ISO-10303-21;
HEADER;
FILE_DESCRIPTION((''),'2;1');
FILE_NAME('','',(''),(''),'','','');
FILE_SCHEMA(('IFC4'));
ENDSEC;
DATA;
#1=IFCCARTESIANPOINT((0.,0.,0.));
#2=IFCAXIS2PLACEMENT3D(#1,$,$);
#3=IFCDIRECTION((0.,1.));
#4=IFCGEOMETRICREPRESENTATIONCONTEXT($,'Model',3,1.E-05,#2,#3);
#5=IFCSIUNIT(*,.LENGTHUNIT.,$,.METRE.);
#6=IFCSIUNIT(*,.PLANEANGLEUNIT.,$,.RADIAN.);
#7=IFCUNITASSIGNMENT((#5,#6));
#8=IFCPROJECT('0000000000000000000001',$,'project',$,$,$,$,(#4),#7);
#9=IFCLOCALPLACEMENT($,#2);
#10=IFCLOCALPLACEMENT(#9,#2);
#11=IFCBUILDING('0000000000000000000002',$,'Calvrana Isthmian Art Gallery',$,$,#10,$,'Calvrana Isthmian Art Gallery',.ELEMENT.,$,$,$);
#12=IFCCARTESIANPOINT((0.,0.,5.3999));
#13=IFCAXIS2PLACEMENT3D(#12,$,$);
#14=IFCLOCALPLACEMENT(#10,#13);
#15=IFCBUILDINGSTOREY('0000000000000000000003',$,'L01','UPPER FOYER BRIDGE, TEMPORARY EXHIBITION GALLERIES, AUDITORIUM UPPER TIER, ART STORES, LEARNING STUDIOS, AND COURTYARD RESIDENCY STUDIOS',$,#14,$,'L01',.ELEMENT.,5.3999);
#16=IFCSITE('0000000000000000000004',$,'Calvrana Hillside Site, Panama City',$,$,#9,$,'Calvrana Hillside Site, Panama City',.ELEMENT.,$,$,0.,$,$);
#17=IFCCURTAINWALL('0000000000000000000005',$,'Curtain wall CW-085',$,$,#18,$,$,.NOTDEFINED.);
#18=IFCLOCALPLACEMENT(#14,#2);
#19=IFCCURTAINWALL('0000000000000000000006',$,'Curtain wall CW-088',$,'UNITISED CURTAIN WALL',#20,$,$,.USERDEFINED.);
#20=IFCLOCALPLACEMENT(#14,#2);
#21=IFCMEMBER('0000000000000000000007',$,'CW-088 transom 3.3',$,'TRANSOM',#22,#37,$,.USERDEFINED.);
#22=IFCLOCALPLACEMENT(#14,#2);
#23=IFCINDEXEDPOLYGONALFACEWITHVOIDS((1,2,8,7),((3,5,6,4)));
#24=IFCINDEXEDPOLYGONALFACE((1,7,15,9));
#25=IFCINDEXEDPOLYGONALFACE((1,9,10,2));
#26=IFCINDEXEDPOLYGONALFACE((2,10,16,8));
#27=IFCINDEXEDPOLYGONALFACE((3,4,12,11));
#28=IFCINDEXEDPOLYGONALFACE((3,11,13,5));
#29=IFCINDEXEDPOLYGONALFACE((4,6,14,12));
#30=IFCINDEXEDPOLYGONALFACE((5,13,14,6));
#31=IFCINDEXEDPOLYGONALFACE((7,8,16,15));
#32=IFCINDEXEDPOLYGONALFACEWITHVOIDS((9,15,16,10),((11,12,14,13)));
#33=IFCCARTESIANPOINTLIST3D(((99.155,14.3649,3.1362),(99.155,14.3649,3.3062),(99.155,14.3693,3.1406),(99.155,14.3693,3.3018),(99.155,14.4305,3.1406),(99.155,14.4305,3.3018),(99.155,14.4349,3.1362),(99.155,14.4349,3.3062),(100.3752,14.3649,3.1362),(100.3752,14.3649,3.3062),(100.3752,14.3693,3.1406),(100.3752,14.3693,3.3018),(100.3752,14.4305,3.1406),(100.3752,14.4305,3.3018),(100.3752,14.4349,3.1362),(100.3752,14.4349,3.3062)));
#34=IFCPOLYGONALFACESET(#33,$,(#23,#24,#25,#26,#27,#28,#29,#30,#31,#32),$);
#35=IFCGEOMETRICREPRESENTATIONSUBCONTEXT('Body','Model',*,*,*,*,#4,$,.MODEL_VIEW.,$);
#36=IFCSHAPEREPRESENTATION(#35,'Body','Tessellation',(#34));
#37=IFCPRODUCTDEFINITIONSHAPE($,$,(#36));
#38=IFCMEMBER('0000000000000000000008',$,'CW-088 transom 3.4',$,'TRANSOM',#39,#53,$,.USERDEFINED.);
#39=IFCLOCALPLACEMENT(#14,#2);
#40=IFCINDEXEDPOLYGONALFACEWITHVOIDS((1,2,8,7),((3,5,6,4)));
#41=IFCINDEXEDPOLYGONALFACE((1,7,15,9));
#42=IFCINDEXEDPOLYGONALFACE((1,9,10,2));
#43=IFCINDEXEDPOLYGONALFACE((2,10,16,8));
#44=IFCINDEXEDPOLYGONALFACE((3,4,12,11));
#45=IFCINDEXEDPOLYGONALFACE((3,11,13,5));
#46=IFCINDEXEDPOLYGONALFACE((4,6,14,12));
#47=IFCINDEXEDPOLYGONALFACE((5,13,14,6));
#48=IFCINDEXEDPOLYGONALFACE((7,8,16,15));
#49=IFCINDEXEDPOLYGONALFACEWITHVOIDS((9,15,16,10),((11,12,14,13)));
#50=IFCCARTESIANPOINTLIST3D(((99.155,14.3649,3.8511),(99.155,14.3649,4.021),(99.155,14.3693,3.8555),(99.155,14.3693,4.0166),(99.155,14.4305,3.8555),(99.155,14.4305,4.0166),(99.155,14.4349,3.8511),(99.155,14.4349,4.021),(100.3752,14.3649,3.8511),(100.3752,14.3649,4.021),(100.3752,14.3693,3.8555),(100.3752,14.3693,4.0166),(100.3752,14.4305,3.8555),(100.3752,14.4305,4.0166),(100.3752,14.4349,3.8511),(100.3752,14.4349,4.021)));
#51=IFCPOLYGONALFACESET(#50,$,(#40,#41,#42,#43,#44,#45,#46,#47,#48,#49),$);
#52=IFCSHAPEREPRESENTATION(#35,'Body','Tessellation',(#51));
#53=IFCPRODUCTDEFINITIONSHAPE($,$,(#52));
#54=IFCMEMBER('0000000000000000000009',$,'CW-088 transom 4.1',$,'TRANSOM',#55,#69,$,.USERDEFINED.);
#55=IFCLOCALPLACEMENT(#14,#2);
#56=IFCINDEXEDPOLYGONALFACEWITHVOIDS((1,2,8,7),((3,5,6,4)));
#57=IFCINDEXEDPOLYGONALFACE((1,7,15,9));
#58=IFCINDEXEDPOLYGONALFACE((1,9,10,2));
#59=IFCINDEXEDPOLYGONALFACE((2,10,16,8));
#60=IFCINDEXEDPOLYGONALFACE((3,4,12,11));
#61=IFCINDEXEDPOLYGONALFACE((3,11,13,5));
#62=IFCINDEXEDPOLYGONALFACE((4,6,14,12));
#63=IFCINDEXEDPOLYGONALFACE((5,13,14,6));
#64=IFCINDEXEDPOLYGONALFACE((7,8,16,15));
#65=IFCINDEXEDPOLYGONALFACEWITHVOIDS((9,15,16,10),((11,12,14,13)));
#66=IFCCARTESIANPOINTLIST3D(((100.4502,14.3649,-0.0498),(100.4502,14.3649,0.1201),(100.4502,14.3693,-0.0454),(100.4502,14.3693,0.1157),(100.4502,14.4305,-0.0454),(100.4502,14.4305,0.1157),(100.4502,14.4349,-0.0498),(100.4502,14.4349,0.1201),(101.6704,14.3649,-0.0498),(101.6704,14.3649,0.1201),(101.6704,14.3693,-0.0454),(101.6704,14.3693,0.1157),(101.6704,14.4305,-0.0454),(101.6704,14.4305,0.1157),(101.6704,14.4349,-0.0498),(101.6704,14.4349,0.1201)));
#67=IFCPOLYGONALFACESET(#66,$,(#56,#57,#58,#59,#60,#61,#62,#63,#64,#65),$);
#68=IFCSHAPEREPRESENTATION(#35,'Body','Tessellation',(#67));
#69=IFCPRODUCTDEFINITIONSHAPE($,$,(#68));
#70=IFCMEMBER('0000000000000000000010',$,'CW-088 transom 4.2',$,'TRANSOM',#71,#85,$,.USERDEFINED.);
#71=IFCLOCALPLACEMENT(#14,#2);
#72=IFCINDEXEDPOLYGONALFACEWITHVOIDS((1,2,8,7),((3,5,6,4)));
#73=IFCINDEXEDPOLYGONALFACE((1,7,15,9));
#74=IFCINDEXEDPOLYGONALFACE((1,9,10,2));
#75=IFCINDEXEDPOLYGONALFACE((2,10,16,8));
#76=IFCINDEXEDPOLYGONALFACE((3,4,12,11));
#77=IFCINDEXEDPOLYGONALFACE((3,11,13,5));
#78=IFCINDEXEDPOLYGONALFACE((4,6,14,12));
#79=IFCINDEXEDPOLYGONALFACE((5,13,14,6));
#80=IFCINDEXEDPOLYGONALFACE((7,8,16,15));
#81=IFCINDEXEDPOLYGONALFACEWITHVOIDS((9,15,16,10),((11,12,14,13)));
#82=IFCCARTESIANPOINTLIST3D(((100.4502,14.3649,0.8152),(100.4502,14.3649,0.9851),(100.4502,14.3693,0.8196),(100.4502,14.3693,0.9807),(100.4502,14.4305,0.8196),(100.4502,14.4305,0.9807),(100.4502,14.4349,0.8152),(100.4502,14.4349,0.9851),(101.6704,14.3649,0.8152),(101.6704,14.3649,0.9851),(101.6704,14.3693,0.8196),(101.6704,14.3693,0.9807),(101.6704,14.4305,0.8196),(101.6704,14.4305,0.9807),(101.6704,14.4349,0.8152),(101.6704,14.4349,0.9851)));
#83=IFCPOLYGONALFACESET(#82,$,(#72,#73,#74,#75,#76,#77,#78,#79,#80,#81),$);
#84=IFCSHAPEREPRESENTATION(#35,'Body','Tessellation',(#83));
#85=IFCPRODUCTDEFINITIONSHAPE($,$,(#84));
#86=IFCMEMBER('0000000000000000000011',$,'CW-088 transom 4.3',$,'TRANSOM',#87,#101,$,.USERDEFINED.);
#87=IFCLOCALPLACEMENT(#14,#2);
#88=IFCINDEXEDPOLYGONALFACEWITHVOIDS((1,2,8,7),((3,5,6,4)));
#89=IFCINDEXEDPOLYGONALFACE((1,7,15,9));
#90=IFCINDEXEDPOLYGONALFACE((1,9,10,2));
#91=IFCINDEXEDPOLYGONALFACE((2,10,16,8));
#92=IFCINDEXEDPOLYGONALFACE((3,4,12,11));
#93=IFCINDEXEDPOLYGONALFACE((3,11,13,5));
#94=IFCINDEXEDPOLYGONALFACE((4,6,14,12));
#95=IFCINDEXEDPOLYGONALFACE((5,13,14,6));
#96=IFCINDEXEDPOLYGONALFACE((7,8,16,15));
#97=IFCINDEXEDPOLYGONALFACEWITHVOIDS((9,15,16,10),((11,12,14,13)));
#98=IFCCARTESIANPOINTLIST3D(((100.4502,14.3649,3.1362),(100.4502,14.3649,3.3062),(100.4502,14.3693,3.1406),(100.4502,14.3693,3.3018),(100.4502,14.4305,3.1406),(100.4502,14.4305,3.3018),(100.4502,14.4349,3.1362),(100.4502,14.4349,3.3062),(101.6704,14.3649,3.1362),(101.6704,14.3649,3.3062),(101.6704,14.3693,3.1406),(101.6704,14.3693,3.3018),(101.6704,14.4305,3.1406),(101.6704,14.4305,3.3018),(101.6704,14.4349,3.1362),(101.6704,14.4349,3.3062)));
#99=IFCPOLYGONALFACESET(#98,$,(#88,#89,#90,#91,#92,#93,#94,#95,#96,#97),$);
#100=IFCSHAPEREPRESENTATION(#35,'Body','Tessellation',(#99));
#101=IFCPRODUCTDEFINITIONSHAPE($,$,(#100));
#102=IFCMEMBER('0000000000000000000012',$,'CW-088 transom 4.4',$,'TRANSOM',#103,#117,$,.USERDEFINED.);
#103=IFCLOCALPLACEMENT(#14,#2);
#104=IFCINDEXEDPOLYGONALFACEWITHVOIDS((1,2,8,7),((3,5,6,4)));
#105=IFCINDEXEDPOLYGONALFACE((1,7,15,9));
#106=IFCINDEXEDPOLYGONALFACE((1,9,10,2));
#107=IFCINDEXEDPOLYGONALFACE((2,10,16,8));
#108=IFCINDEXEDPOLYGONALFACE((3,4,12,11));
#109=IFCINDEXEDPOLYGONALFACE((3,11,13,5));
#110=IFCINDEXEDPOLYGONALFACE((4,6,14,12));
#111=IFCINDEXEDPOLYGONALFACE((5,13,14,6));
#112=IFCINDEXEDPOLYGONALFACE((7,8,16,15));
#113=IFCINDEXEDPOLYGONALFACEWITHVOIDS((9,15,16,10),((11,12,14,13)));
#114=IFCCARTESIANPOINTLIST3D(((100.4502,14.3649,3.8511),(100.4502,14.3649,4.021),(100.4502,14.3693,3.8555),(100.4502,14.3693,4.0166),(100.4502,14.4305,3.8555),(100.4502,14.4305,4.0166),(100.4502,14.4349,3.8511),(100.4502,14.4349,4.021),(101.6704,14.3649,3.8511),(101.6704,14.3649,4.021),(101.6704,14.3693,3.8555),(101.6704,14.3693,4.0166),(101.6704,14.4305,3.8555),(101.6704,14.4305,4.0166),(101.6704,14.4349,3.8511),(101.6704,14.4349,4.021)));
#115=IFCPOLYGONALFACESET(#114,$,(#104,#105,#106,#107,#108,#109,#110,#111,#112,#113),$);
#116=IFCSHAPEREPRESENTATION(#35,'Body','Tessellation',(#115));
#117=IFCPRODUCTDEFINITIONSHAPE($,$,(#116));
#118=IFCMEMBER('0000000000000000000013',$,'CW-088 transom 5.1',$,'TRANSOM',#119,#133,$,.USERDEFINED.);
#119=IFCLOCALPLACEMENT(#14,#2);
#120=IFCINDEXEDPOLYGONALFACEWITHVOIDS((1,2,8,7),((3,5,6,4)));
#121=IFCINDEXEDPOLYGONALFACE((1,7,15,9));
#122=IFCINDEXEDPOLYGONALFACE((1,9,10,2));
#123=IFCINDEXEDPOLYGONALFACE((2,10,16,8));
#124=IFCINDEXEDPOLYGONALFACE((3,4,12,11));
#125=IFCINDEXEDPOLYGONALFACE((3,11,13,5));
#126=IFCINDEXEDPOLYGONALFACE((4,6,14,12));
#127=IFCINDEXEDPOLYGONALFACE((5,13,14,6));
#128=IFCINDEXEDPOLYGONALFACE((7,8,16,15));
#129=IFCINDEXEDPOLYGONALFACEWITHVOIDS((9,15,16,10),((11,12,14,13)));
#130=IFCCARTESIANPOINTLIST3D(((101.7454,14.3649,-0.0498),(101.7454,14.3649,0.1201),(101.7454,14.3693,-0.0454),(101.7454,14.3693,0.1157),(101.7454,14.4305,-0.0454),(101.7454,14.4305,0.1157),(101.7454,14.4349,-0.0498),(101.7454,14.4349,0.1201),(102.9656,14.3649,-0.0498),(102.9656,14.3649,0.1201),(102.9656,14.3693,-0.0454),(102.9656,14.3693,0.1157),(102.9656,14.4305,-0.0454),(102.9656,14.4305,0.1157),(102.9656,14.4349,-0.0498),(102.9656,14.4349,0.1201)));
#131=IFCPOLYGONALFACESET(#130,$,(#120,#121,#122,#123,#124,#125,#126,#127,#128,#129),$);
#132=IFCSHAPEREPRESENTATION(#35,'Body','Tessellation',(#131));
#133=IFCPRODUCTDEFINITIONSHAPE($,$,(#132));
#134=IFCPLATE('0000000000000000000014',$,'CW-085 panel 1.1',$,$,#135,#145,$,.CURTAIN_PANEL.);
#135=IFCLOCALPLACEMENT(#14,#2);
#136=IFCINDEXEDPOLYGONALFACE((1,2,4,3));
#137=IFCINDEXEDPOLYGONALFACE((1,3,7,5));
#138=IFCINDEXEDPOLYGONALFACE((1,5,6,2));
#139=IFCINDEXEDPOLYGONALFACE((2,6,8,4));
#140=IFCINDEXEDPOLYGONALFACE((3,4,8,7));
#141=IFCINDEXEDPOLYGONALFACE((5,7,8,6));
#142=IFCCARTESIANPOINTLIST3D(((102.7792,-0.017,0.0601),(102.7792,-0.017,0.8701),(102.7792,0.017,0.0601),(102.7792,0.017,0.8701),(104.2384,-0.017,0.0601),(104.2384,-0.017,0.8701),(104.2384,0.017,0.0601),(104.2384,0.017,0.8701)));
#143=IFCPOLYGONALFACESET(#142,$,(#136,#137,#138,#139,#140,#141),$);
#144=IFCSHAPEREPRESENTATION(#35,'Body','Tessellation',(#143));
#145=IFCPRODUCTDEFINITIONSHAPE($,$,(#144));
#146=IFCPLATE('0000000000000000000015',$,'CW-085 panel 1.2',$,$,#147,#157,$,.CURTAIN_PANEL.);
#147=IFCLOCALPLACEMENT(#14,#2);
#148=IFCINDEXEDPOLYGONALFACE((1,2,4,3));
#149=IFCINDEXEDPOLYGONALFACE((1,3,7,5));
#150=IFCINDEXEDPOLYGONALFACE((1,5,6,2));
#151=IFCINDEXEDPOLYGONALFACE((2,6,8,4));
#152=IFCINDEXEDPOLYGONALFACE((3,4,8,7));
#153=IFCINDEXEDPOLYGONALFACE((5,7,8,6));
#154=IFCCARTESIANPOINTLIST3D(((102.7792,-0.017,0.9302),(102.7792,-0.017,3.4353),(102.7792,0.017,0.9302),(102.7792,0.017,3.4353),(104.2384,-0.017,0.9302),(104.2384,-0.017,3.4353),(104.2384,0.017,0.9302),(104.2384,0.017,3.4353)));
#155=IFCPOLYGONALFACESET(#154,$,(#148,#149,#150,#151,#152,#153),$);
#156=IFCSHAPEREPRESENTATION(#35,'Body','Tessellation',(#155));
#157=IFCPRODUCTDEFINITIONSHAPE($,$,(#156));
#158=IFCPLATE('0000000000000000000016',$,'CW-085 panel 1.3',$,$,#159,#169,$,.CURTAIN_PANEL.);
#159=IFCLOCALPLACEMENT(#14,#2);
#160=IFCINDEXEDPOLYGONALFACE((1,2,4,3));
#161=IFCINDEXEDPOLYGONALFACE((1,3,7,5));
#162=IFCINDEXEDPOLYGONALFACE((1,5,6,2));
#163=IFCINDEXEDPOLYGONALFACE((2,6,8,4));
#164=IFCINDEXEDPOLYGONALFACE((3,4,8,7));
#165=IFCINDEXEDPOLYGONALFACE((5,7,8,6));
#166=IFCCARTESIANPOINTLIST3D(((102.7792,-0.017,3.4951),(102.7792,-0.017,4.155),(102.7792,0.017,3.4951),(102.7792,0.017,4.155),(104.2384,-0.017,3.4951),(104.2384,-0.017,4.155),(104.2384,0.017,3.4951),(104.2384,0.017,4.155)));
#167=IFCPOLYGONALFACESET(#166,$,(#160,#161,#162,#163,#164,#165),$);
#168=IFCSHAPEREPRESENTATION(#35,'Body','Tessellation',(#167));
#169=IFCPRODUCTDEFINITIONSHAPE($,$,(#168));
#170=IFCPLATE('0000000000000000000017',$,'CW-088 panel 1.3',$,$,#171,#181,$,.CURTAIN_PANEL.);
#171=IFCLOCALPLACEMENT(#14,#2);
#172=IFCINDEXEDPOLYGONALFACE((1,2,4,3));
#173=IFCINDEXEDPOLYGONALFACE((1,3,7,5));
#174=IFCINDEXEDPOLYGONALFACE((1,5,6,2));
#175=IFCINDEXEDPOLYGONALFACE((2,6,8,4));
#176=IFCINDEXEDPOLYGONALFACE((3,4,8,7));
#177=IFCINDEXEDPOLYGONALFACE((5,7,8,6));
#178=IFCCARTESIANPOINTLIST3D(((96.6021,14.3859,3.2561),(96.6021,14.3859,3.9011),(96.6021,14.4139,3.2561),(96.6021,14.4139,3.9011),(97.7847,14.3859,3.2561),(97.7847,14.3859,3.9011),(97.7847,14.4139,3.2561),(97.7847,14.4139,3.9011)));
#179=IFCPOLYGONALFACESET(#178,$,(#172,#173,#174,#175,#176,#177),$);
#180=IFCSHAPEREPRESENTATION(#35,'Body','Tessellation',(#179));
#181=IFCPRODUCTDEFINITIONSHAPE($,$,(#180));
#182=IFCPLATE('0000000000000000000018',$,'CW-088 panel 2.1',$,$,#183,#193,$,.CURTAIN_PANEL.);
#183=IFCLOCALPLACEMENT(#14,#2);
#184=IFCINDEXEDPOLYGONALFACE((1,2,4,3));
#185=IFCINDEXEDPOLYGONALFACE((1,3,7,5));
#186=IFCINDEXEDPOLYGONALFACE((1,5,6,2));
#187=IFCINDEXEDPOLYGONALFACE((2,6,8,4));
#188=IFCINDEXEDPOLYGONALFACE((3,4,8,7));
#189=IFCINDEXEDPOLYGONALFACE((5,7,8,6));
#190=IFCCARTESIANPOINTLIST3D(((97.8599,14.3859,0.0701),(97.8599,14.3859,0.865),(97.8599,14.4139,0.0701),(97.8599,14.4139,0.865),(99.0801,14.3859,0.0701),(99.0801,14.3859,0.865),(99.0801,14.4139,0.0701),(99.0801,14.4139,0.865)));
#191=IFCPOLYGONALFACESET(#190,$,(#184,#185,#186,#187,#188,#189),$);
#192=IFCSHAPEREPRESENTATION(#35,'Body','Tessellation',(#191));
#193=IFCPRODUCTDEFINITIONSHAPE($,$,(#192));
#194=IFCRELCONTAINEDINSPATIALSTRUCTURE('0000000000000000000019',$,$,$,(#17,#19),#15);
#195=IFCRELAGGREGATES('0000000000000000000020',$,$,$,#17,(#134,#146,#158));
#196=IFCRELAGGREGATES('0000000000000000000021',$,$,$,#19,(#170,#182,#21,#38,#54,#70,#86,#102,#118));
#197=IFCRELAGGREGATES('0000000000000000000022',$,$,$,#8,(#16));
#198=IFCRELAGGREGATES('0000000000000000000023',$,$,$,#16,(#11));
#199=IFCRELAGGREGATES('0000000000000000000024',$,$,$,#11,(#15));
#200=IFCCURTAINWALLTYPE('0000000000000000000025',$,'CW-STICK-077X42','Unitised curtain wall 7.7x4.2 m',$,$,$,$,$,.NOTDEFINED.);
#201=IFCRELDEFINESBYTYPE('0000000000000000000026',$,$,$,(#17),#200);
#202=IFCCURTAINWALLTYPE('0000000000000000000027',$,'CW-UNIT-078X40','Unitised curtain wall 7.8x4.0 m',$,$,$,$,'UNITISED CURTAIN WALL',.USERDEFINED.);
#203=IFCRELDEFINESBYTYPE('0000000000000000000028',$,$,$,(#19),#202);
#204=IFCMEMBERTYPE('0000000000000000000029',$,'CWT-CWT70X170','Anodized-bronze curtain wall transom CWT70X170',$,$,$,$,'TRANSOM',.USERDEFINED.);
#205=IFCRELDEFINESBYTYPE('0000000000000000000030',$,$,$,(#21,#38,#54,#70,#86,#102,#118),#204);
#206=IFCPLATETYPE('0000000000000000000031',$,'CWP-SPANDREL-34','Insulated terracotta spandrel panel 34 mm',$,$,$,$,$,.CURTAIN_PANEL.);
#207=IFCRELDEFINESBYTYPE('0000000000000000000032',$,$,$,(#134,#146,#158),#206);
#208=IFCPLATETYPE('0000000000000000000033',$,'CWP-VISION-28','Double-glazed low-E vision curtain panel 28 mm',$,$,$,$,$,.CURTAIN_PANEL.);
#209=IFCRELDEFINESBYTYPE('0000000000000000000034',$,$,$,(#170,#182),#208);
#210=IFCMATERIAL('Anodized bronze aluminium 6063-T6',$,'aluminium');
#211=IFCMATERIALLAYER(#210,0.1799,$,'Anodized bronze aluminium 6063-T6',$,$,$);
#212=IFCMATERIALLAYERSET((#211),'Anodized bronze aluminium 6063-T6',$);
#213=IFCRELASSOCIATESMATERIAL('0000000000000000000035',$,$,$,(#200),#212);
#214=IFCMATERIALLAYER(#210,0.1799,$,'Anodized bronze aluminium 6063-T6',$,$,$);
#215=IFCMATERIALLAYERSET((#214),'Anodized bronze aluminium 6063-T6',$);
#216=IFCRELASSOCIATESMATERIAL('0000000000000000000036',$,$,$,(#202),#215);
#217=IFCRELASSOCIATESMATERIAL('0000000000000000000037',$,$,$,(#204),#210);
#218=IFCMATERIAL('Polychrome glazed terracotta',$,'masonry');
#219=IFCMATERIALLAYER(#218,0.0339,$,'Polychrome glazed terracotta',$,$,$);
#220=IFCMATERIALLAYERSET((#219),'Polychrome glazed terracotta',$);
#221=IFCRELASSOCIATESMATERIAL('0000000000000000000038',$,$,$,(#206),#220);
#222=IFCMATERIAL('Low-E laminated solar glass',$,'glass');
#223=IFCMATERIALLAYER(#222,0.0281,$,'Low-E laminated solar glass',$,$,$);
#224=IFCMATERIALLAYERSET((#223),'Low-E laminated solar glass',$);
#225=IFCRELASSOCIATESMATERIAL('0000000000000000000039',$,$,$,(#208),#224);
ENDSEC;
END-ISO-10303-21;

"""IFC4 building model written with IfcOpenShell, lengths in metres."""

from ifc_helpers import new_model, si_unit, direction, frame, origin, origin_2d, place, context, subcontext, project, spatial, rectangle, hollow_rectangle, extrude, material, layer, layer_set, material_profile, profile_set, type_object, element, aggregate, save


model = new_model("IFC4")

# Units and contexts
model_context = context("Model", 3, precision=1e-05, world=origin(), true_north=direction((0.0, 1.0)))
body_context = subcontext(model_context, "Body", "Model", "MODEL_VIEW")
ifc_project = project(units=[si_unit("LENGTHUNIT", "METRE"), si_unit("PLANEANGLEUNIT", "RADIAN")], contexts=[model_context])

# Site, building, storey
site_placement = place(None, origin())
site = spatial("IfcSite", under=ifc_project, at=site_placement, Name="Calvrana Hillside Site, Panama City", LongName="Calvrana Hillside Site, Panama City", CompositionType="ELEMENT", RefElevation=0.0)
building_placement = place(site_placement, origin())
building = spatial("IfcBuilding", under=site, at=building_placement, Name="Calvrana Isthmian Art Gallery", LongName="Calvrana Isthmian Art Gallery", CompositionType="ELEMENT")
storey_placement = place(building_placement, frame((0.0, 0.0, 5.3999)))
storey = spatial("IfcBuildingStorey", under=building, at=storey_placement, Name="L01", Description="UPPER FOYER BRIDGE, TEMPORARY EXHIBITION GALLERIES, AUDITORIUM UPPER TIER, ART STORES, LEARNING STUDIOS, AND COURTYARD RESIDENCY STUDIOS", LongName="L01", CompositionType="ELEMENT", Elevation=5.3999)

# Curtain wall
ifc_material_1 = material(Name="Anodized bronze aluminium 6063-T6", Category="aluminium")
ifc_layer_1 = layer(ifc_material_1, 0.1799, Name="Anodized bronze aluminium 6063-T6")
ifc_layer_set_1 = layer_set([ifc_layer_1], Name="Anodized bronze aluminium 6063-T6")
curtain_wall_type_1 = type_object("IfcCurtainWallType", Name="CW-STICK-077X42", Description="Unitised curtain wall 7.7x4.2 m", PredefinedType="NOTDEFINED", material=ifc_layer_set_1)
curtain_wall_1_placement = place(storey_placement, origin())
curtain_wall_1 = element("IfcCurtainWall", 1, at=curtain_wall_1_placement, inside=storey, type_object=curtain_wall_type_1, Name="Curtain wall CW-085", PredefinedType="NOTDEFINED")

# Curtain wall, members
ifc_layer_2 = layer(ifc_material_1, 0.1799, Name="Anodized bronze aluminium 6063-T6")
ifc_layer_set_2 = layer_set([ifc_layer_2], Name="Anodized bronze aluminium 6063-T6")
curtain_wall_type_2 = type_object("IfcCurtainWallType", Name="CW-UNIT-078X40", Description="Unitised curtain wall 7.8x4.0 m", ElementType="UNITISED CURTAIN WALL", PredefinedType="USERDEFINED", material=ifc_layer_set_2)
curtain_wall_2_placement = place(storey_placement, origin())
curtain_wall_2 = element("IfcCurtainWall", 2, at=curtain_wall_2_placement, inside=storey, type_object=curtain_wall_type_2, Name="Curtain wall CW-088", ObjectType="UNITISED CURTAIN WALL", PredefinedType="USERDEFINED")
ifc_material_profile_1 = material_profile(ifc_material_1, hollow_rectangle(XDim=0.0701, YDim=0.1699, WallThickness=0.0044, at=origin_2d()), Name="CWT70X170")
ifc_profile_set_1 = profile_set([ifc_material_profile_1], Name="Anodized bronze aluminium 6063-T6")
member_type_1 = type_object("IfcMemberType", Name="CWT-CWT70X170", Description="Anodized-bronze curtain wall transom CWT70X170", ElementType="TRANSOM", PredefinedType="USERDEFINED", material=ifc_profile_set_1)
member_1_placement = place(storey_placement, frame((99.155, 14.3999, 3.2212), z_axis=(1.0, 0.0, 0.0), x_axis=(0.0, 1.0, 0.0)))
member_1 = element("IfcMember", 3, at=member_1_placement, type_object=member_type_1, Name="CW-088 transom 3.3", ObjectType="TRANSOM", PredefinedType="USERDEFINED", context=body_context, shape_type="SweptSolid", body=[
    extrude(hollow_rectangle(XDim=0.0701, YDim=0.1699, WallThickness=0.0044, at=origin_2d()), origin(), (0.0, 0.0, 1.0), 1.2202),
])
member_2_placement = place(storey_placement, frame((99.155, 14.3999, 3.936), z_axis=(1.0, 0.0, 0.0), x_axis=(0.0, 1.0, 0.0)))
member_2 = element("IfcMember", 4, at=member_2_placement, type_object=member_type_1, Name="CW-088 transom 3.4", ObjectType="TRANSOM", PredefinedType="USERDEFINED", context=body_context, shape_type="SweptSolid", body=[
    extrude(hollow_rectangle(XDim=0.0701, YDim=0.1699, WallThickness=0.0044, at=origin_2d()), origin(), (0.0, 0.0, 1.0), 1.2202),
])
member_3_placement = place(storey_placement, frame((100.4502, 14.3999, 0.0352), z_axis=(1.0, 0.0, 0.0), x_axis=(0.0, 1.0, 0.0)))
member_3 = element("IfcMember", 5, at=member_3_placement, type_object=member_type_1, Name="CW-088 transom 4.1", ObjectType="TRANSOM", PredefinedType="USERDEFINED", context=body_context, shape_type="SweptSolid", body=[
    extrude(hollow_rectangle(XDim=0.0701, YDim=0.1699, WallThickness=0.0044, at=origin_2d()), origin(), (0.0, 0.0, 1.0), 1.2202),
])
member_4_placement = place(storey_placement, frame((100.4502, 14.3999, 0.9001), z_axis=(1.0, 0.0, 0.0), x_axis=(0.0, 1.0, 0.0)))
member_4 = element("IfcMember", 6, at=member_4_placement, type_object=member_type_1, Name="CW-088 transom 4.2", ObjectType="TRANSOM", PredefinedType="USERDEFINED", context=body_context, shape_type="SweptSolid", body=[
    extrude(hollow_rectangle(XDim=0.0701, YDim=0.1699, WallThickness=0.0044, at=origin_2d()), origin(), (0.0, 0.0, 1.0), 1.2202),
])
member_5_placement = place(storey_placement, frame((100.4502, 14.3999, 3.2212), z_axis=(1.0, 0.0, 0.0), x_axis=(0.0, 1.0, 0.0)))
member_5 = element("IfcMember", 7, at=member_5_placement, type_object=member_type_1, Name="CW-088 transom 4.3", ObjectType="TRANSOM", PredefinedType="USERDEFINED", context=body_context, shape_type="SweptSolid", body=[
    extrude(hollow_rectangle(XDim=0.0701, YDim=0.1699, WallThickness=0.0044, at=origin_2d()), origin(), (0.0, 0.0, 1.0), 1.2202),
])
member_6_placement = place(storey_placement, frame((100.4502, 14.3999, 3.936), z_axis=(1.0, 0.0, 0.0), x_axis=(0.0, 1.0, 0.0)))
member_6 = element("IfcMember", 8, at=member_6_placement, type_object=member_type_1, Name="CW-088 transom 4.4", ObjectType="TRANSOM", PredefinedType="USERDEFINED", context=body_context, shape_type="SweptSolid", body=[
    extrude(hollow_rectangle(XDim=0.0701, YDim=0.1699, WallThickness=0.0044, at=origin_2d()), origin(), (0.0, 0.0, 1.0), 1.2202),
])
member_7_placement = place(storey_placement, frame((101.7454, 14.3999, 0.0352), z_axis=(1.0, 0.0, 0.0), x_axis=(0.0, 1.0, 0.0)))
member_7 = element("IfcMember", 9, at=member_7_placement, type_object=member_type_1, Name="CW-088 transom 5.1", ObjectType="TRANSOM", PredefinedType="USERDEFINED", context=body_context, shape_type="SweptSolid", body=[
    extrude(hollow_rectangle(XDim=0.0701, YDim=0.1699, WallThickness=0.0044, at=origin_2d()), origin(), (0.0, 0.0, 1.0), 1.2202),
])

# Plates
ifc_material_2 = material(Name="Polychrome glazed terracotta", Category="masonry")
ifc_layer_3 = layer(ifc_material_2, 0.0339, Name="Polychrome glazed terracotta")
ifc_layer_set_3 = layer_set([ifc_layer_3], Name="Polychrome glazed terracotta")
plate_type_1 = type_object("IfcPlateType", Name="CWP-SPANDREL-34", Description="Insulated terracotta spandrel panel 34 mm", PredefinedType="CURTAIN_PANEL", material=ifc_layer_set_3)
plate_1_placement = place(storey_placement, frame((103.5088, 0.0, 0.0601), z_axis=(0.0, 0.0, 1.0), x_axis=(-1.0, 0.0, 0.0)))
plate_1 = element("IfcPlate", 10, at=plate_1_placement, type_object=plate_type_1, Name="CW-085 panel 1.1", PredefinedType="CURTAIN_PANEL", context=body_context, shape_type="SweptSolid", body=[
    extrude(rectangle(XDim=1.4592, YDim=0.0339, at=origin_2d()), origin(), (0.0, 0.0, 1.0), 0.8101),
])
plate_2_placement = place(storey_placement, frame((103.5088, 0.0, 0.9302), z_axis=(0.0, 0.0, 1.0), x_axis=(-1.0, 0.0, 0.0)))
plate_2 = element("IfcPlate", 11, at=plate_2_placement, type_object=plate_type_1, Name="CW-085 panel 1.2", PredefinedType="CURTAIN_PANEL", context=body_context, shape_type="SweptSolid", body=[
    extrude(rectangle(XDim=1.4592, YDim=0.0339, at=origin_2d()), origin(), (0.0, 0.0, 1.0), 2.5051),
])
plate_3_placement = place(storey_placement, frame((103.5088, 0.0, 3.4951), z_axis=(0.0, 0.0, 1.0), x_axis=(-1.0, 0.0, 0.0)))
plate_3 = element("IfcPlate", 12, at=plate_3_placement, type_object=plate_type_1, Name="CW-085 panel 1.3", PredefinedType="CURTAIN_PANEL", context=body_context, shape_type="SweptSolid", body=[
    extrude(rectangle(XDim=1.4592, YDim=0.0339, at=origin_2d()), origin(), (0.0, 0.0, 1.0), 0.6599),
])
aggregate(curtain_wall_1, [plate_1, plate_2, plate_3])
ifc_material_3 = material(Name="Low-E laminated solar glass", Category="glass")
ifc_layer_4 = layer(ifc_material_3, 0.0281, Name="Low-E laminated solar glass")
ifc_layer_set_4 = layer_set([ifc_layer_4], Name="Low-E laminated solar glass")
plate_type_2 = type_object("IfcPlateType", Name="CWP-VISION-28", Description="Double-glazed low-E vision curtain panel 28 mm", PredefinedType="CURTAIN_PANEL", material=ifc_layer_set_4)
plate_4_placement = place(storey_placement, frame((97.1934, 14.3999, 3.2561), z_axis=(0.0, 0.0, 1.0), x_axis=(1.0, 0.0, 0.0)))
plate_4 = element("IfcPlate", 13, at=plate_4_placement, type_object=plate_type_2, Name="CW-088 panel 1.3", PredefinedType="CURTAIN_PANEL", context=body_context, shape_type="SweptSolid", body=[
    extrude(rectangle(XDim=1.1826, YDim=0.0281, at=origin_2d()), origin(), (0.0, 0.0, 1.0), 0.645),
])
plate_5_placement = place(storey_placement, frame((98.47, 14.3999, 0.0701), z_axis=(0.0, 0.0, 1.0), x_axis=(1.0, 0.0, 0.0)))
plate_5 = element("IfcPlate", 14, at=plate_5_placement, type_object=plate_type_2, Name="CW-088 panel 2.1", PredefinedType="CURTAIN_PANEL", context=body_context, shape_type="SweptSolid", body=[
    extrude(rectangle(XDim=1.2202, YDim=0.0281, at=origin_2d()), origin(), (0.0, 0.0, 1.0), 0.7949),
])
aggregate(curtain_wall_2, [plate_4, plate_5, member_1, member_2, member_3, member_4, member_5, member_6, member_7])

save(model, "model.ifc")
